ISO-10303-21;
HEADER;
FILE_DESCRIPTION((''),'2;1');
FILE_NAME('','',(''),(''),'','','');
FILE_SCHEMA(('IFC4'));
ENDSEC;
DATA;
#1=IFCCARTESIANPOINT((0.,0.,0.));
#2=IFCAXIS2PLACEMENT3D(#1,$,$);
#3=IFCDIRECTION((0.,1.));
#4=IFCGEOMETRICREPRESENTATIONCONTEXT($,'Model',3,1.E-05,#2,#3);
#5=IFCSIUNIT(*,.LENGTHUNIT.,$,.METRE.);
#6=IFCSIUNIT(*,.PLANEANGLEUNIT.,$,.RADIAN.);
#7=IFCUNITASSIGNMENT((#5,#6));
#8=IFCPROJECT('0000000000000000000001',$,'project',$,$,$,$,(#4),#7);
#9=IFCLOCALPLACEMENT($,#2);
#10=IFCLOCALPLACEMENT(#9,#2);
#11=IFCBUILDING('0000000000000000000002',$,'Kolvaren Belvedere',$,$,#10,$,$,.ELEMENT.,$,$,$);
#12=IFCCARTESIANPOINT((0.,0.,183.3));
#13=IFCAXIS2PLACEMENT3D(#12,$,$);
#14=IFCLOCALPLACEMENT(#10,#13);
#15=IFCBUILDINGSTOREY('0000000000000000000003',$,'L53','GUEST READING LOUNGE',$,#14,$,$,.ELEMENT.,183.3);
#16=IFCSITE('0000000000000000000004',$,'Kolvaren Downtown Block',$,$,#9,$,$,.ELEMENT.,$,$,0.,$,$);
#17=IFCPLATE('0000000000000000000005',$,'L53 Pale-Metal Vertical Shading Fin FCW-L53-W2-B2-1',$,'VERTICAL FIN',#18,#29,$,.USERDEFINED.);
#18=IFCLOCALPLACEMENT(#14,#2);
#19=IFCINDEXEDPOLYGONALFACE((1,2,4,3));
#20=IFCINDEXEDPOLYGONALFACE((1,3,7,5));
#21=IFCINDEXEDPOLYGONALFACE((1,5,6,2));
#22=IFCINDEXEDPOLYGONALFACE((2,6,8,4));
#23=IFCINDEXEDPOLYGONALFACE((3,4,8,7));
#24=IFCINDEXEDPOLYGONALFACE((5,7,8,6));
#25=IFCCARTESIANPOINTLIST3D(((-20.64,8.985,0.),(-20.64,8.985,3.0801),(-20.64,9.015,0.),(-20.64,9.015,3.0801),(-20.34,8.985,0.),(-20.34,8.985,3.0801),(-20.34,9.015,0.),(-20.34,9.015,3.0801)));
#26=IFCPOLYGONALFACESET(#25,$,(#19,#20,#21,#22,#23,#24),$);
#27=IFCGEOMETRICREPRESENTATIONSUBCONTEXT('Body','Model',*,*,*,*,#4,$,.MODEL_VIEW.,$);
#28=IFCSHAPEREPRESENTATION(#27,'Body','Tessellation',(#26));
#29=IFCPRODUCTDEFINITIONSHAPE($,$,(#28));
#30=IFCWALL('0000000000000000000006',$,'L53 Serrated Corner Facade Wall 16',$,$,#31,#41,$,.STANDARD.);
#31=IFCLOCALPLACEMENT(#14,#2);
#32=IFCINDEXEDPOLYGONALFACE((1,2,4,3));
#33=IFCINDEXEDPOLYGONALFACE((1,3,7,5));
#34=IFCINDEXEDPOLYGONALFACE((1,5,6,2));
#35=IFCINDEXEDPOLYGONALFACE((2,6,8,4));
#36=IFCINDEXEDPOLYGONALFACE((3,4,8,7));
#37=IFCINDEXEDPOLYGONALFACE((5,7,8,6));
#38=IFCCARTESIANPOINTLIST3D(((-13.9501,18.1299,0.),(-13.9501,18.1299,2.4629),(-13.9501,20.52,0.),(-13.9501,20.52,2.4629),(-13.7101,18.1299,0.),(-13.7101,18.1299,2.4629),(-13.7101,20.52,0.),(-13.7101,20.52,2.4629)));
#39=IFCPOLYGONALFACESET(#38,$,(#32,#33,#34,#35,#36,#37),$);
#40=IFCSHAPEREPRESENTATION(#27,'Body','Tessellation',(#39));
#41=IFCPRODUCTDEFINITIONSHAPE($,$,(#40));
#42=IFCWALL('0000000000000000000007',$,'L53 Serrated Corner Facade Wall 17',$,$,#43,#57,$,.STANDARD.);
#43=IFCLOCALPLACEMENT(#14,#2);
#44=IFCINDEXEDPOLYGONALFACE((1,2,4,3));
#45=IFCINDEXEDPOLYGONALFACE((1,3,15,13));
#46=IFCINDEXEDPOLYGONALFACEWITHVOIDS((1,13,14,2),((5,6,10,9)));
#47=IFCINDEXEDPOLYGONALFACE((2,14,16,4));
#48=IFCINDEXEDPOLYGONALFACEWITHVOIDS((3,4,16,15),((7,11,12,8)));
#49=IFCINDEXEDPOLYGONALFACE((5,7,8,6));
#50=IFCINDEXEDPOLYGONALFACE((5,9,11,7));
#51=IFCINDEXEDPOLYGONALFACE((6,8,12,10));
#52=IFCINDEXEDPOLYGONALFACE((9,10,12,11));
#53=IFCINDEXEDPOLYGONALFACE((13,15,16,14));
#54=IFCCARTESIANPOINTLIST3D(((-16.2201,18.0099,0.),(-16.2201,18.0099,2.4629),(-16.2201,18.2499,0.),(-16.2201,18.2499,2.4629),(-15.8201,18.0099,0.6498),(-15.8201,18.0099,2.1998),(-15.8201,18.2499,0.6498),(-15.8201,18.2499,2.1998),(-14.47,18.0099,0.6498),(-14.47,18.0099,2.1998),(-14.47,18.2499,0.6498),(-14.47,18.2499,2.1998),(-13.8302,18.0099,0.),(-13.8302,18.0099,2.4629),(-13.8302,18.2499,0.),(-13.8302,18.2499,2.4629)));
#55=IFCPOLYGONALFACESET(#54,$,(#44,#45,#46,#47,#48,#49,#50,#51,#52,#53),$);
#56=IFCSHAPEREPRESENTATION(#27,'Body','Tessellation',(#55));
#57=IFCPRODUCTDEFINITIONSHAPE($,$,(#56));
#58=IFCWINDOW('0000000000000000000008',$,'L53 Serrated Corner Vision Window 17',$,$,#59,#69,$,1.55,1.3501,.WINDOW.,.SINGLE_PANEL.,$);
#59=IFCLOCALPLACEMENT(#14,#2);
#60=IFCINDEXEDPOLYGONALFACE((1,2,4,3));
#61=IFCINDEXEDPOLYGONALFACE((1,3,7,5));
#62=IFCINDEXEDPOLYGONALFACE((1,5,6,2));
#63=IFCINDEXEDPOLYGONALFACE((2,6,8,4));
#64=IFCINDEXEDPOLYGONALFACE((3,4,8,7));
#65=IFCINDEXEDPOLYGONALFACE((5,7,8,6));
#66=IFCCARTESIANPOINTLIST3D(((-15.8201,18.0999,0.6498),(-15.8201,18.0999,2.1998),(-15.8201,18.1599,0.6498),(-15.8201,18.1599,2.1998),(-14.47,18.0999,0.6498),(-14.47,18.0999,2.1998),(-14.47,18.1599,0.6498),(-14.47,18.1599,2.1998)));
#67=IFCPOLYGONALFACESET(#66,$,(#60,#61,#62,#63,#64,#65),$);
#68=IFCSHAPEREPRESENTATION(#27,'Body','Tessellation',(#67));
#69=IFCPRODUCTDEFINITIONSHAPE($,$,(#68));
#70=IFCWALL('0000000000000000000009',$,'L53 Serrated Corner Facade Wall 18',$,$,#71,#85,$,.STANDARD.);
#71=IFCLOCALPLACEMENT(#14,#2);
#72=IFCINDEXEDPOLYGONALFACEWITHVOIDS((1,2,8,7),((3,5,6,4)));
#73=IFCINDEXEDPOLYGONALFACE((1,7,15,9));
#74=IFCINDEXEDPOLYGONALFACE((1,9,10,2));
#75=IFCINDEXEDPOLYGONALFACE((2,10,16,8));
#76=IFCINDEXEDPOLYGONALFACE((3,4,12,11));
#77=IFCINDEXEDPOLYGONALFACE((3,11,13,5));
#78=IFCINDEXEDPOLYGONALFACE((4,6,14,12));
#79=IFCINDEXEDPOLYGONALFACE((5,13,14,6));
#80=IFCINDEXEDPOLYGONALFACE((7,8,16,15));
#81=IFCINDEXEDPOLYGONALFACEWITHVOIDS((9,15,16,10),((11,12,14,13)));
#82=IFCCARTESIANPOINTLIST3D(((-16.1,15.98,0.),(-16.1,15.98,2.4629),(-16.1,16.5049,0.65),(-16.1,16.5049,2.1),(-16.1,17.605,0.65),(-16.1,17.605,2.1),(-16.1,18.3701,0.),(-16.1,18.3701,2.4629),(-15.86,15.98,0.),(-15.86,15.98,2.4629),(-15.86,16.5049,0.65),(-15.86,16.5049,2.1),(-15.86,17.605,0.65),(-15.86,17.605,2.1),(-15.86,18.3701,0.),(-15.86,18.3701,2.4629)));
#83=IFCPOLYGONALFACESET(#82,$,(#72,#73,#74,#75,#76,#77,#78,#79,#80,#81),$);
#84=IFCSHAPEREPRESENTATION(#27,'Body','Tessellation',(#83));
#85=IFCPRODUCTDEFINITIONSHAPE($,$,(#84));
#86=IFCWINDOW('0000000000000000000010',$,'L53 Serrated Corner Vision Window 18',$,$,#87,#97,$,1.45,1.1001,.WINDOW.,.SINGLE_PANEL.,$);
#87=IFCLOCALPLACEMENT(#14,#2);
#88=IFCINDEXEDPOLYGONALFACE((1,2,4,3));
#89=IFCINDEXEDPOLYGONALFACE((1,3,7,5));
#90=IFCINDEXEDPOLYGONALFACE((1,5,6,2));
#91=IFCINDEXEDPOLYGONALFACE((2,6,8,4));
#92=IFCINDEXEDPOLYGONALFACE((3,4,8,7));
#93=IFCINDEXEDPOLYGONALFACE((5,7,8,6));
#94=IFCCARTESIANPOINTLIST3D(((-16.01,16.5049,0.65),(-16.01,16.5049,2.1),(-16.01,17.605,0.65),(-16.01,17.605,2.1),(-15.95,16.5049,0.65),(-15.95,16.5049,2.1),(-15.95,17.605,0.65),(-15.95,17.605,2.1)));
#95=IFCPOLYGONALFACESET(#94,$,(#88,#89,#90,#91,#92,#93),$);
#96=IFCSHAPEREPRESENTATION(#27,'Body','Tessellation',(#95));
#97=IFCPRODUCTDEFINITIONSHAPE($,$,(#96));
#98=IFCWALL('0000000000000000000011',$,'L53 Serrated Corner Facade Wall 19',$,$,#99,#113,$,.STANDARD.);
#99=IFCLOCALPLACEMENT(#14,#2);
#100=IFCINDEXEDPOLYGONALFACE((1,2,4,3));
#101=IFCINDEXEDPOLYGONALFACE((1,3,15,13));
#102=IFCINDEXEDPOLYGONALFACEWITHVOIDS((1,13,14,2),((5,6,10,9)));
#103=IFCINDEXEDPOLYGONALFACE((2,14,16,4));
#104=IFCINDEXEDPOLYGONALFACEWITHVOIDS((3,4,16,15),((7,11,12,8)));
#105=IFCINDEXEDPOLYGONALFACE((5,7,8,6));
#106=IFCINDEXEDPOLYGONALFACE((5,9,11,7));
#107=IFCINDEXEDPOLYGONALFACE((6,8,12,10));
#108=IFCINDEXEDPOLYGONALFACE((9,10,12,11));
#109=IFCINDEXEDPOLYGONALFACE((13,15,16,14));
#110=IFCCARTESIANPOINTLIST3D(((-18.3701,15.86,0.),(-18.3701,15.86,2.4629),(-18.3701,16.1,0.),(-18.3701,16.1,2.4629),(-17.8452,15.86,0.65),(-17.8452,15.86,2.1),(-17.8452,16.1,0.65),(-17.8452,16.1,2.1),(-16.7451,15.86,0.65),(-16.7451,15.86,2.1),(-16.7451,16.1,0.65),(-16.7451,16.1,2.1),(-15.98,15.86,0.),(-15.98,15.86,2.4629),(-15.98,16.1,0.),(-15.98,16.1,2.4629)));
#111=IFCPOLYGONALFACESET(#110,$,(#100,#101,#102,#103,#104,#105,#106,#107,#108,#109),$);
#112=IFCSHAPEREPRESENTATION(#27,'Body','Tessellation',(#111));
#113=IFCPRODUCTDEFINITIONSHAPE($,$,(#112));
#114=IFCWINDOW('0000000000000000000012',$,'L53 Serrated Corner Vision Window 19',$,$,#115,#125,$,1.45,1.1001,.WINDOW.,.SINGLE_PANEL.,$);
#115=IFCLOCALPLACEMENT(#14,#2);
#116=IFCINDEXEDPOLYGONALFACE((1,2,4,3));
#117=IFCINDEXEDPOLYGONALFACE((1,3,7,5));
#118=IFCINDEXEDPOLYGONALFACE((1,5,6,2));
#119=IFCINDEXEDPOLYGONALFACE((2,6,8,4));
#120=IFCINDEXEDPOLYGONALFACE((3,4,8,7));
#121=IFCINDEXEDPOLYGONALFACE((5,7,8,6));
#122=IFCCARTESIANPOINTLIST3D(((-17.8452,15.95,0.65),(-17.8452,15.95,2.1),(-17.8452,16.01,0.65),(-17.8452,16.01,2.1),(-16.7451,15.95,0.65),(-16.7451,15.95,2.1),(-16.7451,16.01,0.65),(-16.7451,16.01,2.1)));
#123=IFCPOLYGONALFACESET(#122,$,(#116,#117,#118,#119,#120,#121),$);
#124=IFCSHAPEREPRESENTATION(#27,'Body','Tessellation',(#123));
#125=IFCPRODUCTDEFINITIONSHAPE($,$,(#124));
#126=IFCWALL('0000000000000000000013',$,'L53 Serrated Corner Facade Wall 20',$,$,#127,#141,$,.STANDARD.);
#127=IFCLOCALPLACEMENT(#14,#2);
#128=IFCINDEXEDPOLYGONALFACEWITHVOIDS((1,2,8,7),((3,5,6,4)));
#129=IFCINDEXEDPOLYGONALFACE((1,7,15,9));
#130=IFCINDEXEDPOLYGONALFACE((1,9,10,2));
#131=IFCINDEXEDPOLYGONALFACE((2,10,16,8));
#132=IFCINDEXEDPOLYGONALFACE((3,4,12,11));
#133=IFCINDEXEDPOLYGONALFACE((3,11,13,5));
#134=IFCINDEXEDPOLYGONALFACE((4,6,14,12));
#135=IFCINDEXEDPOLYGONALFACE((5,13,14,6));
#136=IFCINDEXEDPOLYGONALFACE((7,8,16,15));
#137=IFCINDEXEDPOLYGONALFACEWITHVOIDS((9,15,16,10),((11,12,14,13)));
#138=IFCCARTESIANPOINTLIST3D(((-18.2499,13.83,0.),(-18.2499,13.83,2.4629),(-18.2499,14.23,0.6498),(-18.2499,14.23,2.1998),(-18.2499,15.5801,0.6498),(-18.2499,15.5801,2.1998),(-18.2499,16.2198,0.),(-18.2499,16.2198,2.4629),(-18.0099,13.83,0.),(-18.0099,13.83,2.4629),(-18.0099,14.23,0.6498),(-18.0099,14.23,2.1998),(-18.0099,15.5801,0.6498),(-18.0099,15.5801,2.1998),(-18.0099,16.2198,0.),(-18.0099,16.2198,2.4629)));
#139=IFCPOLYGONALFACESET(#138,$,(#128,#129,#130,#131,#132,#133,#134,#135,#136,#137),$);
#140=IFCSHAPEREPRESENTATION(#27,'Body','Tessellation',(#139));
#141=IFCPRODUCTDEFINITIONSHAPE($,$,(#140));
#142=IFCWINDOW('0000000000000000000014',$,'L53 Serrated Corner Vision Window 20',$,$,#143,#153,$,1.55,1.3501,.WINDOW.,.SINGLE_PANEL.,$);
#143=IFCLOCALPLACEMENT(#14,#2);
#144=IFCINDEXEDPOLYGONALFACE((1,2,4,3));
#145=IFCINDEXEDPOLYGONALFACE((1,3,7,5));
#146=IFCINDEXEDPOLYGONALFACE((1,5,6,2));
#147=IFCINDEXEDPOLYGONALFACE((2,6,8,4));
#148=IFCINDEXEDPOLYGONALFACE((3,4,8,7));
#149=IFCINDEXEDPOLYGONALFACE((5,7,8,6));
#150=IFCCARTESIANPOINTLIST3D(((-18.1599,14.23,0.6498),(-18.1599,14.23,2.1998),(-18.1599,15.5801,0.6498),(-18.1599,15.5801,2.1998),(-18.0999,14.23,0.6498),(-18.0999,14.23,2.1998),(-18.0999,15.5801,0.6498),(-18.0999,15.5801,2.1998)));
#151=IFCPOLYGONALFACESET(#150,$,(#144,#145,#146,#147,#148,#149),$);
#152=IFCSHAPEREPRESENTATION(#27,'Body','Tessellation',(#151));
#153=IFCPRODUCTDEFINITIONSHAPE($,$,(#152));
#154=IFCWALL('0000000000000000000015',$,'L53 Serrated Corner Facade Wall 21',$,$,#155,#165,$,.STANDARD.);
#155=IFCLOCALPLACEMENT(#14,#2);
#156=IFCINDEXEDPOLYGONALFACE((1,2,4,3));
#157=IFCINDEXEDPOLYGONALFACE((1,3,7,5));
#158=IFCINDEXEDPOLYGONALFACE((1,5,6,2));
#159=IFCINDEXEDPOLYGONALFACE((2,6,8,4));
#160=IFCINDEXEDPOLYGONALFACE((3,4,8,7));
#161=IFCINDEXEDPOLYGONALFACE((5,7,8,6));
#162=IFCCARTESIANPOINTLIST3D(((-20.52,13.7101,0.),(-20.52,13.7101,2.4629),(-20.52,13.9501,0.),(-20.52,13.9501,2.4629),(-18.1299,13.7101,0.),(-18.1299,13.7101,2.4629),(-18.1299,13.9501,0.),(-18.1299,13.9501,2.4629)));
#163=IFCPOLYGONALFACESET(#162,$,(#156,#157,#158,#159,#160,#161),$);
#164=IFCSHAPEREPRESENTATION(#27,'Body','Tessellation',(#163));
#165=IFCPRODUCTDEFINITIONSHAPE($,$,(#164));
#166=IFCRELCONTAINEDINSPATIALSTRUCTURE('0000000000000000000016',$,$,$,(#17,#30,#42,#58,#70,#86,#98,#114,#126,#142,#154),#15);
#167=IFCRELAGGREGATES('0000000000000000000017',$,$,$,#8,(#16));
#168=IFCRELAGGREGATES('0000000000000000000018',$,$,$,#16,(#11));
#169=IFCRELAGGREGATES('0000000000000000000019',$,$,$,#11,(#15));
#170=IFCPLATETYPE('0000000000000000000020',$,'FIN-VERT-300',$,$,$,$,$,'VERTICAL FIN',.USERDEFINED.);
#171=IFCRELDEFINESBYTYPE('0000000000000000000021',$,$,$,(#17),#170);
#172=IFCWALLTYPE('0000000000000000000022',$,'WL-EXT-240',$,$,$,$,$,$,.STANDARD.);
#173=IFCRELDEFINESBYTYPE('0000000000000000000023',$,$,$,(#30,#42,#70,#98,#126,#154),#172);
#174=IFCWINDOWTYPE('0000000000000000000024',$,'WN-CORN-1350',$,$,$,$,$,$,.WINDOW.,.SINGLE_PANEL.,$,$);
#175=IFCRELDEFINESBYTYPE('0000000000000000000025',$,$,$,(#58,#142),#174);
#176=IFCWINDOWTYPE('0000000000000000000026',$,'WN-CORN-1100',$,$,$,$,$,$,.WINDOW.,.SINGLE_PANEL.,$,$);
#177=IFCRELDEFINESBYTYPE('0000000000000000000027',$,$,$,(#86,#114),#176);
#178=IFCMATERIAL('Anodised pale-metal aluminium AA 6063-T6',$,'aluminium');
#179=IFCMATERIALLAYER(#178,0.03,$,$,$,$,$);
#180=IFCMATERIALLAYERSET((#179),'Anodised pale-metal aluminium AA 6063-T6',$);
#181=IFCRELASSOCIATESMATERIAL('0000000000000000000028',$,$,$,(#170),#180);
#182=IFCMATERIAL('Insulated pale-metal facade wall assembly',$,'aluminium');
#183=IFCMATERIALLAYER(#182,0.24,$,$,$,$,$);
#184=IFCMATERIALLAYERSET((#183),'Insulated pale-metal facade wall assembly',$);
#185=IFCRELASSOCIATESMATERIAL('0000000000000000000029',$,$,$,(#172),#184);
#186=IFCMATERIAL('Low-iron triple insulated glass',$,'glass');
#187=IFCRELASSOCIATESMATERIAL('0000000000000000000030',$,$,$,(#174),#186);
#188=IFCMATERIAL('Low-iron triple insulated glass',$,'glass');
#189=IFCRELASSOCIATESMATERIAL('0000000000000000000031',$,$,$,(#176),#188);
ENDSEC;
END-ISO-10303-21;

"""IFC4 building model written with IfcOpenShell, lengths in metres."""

from ifc_helpers import new_model, si_unit, direction, frame, frame_2d, origin, origin_2d, place, context, subcontext, project, spatial, rectangle, extrude, material, layer, layer_set, type_object, element, fill, save


model = new_model("IFC4")

# Units and contexts
model_context = context("Model", 3, precision=1e-05, world=origin(), true_north=direction((0.0, 1.0)))
body_context = subcontext(model_context, "Body", "Model", "MODEL_VIEW")
ifc_project = project(units=[si_unit("LENGTHUNIT", "METRE"), si_unit("PLANEANGLEUNIT", "RADIAN")], contexts=[model_context])

# Site, building, storey
site_placement = place(None, origin())
site = spatial("IfcSite", under=ifc_project, at=site_placement, Name="Kolvaren Downtown Block", CompositionType="ELEMENT", RefElevation=0.0)
building_placement = place(site_placement, origin())
building = spatial("IfcBuilding", under=site, at=building_placement, Name="Kolvaren Belvedere", CompositionType="ELEMENT")
storey_placement = place(building_placement, frame((0.0, 0.0, 183.3)))
storey = spatial("IfcBuildingStorey", under=building, at=storey_placement, Name="L53", Description="GUEST READING LOUNGE", CompositionType="ELEMENT", Elevation=183.3)

# Plate
ifc_material_1 = material(Name="Anodised pale-metal aluminium AA 6063-T6", Category="aluminium")
ifc_layer_1 = layer(ifc_material_1, 0.03)
ifc_layer_set_1 = layer_set([ifc_layer_1], Name="Anodised pale-metal aluminium AA 6063-T6")
plate_type_1 = type_object("IfcPlateType", Name="FIN-VERT-300", ElementType="VERTICAL FIN", PredefinedType="USERDEFINED", material=ifc_layer_set_1)
plate_1_placement = place(storey_placement, frame((-20.49, 9.0, 0.0), z_axis=(0.0, 0.0, 1.0), x_axis=(1.0, 0.0, 0.0)))
element("IfcPlate", 1, at=plate_1_placement, inside=storey, type_object=plate_type_1, Name="L53 Pale-Metal Vertical Shading Fin FCW-L53-W2-B2-1", ObjectType="VERTICAL FIN", PredefinedType="USERDEFINED", context=body_context, shape_type="SweptSolid", body=[
    extrude(rectangle(XDim=0.3, YDim=0.03, at=origin_2d()), origin(), (0.0, 0.0, 1.0), 3.0801),
])

# Wall
ifc_material_2 = material(Name="Insulated pale-metal facade wall assembly", Category="aluminium")
ifc_layer_2 = layer(ifc_material_2, 0.24)
ifc_layer_set_2 = layer_set([ifc_layer_2], Name="Insulated pale-metal facade wall assembly")
wall_type_1 = type_object("IfcWallType", Name="WL-EXT-240", PredefinedType="STANDARD", material=ifc_layer_set_2)
wall_1_placement = place(storey_placement, frame((-13.8301, 18.1299, 0.0), z_axis=(0.0, 0.0, 1.0), x_axis=(0.0, 1.0, 0.0)))
element("IfcWall", 2, at=wall_1_placement, inside=storey, type_object=wall_type_1, Name="L53 Serrated Corner Facade Wall 16", PredefinedType="STANDARD", context=body_context, shape_type="SweptSolid", body=[
    extrude(rectangle(XDim=2.3901, YDim=0.24, at=frame_2d((1.1951, 0.0))), origin(), (0.0, 0.0, 1.0), 2.4629),
])

# Walls, openings, windows
wall_2_placement = place(storey_placement, frame((-16.22, 18.1299, 0.0), z_axis=(0.0, 0.0, 1.0), x_axis=(1.0, 0.0, 0.0)))
wall_2 = element("IfcWall", 3, at=wall_2_placement, inside=storey, type_object=wall_type_1, Name="L53 Serrated Corner Facade Wall 17", PredefinedType="STANDARD", context=body_context, shape_type="SweptSolid", body=[
    extrude(rectangle(XDim=2.3899, YDim=0.24, at=frame_2d((1.1948, 0.0))), origin(), (0.0, 0.0, 1.0), 2.4629),
])
opening_1_placement = place(wall_2_placement, frame((0.3999, 0.0, 0.6499)))
opening_1 = element("IfcOpeningElement", 4, at=opening_1_placement, cuts=wall_2, PredefinedType="OPENING", context=body_context, shape_type="SweptSolid", body=[
    extrude(rectangle(XDim=1.3501, YDim=1.55, at=frame_2d((0.675, 0.7749))), frame((0.0, 0.1299, 0.0), z_axis=(0.0, -1.0, 0.0), x_axis=(1.0, 0.0, 0.0)), (0.0, 0.0, 1.0), 0.26),
])
ifc_material_3 = material(Name="Low-iron triple insulated glass", Category="glass")
window_type_1 = type_object("IfcWindowType", Name="WN-CORN-1350", PartitioningType="SINGLE_PANEL", PredefinedType="WINDOW", material=ifc_material_3)
window_1_placement = place(opening_1_placement, origin())
window_1 = element("IfcWindow", 5, at=window_1_placement, inside=storey, type_object=window_type_1, Name="L53 Serrated Corner Vision Window 17", OverallHeight=1.55, OverallWidth=1.3501, PartitioningType="SINGLE_PANEL", PredefinedType="WINDOW", context=body_context, shape_type="SweptSolid", body=[
    extrude(rectangle(XDim=1.3501, YDim=1.55, at=frame_2d((0.675, 0.7749))), frame((0.0, 0.03, 0.0), z_axis=(0.0, -1.0, 0.0), x_axis=(1.0, 0.0, 0.0)), (0.0, 0.0, 1.0), 0.0601),
])
fill(opening_1, window_1)
wall_3_placement = place(storey_placement, frame((-15.98, 15.98, 0.0), z_axis=(0.0, 0.0, 1.0), x_axis=(0.0, 1.0, 0.0)))
wall_3 = element("IfcWall", 6, at=wall_3_placement, inside=storey, type_object=wall_type_1, Name="L53 Serrated Corner Facade Wall 18", PredefinedType="STANDARD", context=body_context, shape_type="SweptSolid", body=[
    extrude(rectangle(XDim=2.3901, YDim=0.24, at=frame_2d((1.1951, 0.0))), origin(), (0.0, 0.0, 1.0), 2.4629),
])
opening_2_placement = place(wall_3_placement, frame((0.5249, 0.0, 0.6499)))
opening_2 = element("IfcOpeningElement", 7, at=opening_2_placement, cuts=wall_3, PredefinedType="OPENING", context=body_context, shape_type="SweptSolid", body=[
    extrude(rectangle(XDim=1.1001, YDim=1.45, at=frame_2d((0.55, 0.7251))), frame((0.0, 0.1299, 0.0), z_axis=(0.0, -1.0, 0.0), x_axis=(1.0, 0.0, 0.0)), (0.0, 0.0, 1.0), 0.26),
])
ifc_material_4 = material(Name="Low-iron triple insulated glass", Category="glass")
window_type_2 = type_object("IfcWindowType", Name="WN-CORN-1100", PartitioningType="SINGLE_PANEL", PredefinedType="WINDOW", material=ifc_material_4)
window_2_placement = place(opening_2_placement, origin())
window_2 = element("IfcWindow", 8, at=window_2_placement, inside=storey, type_object=window_type_2, Name="L53 Serrated Corner Vision Window 18", OverallHeight=1.45, OverallWidth=1.1001, PartitioningType="SINGLE_PANEL", PredefinedType="WINDOW", context=body_context, shape_type="SweptSolid", body=[
    extrude(rectangle(XDim=1.1001, YDim=1.45, at=frame_2d((0.55, 0.7251))), frame((0.0, 0.03, 0.0), z_axis=(0.0, -1.0, 0.0), x_axis=(1.0, 0.0, 0.0)), (0.0, 0.0, 1.0), 0.0601),
])
fill(opening_2, window_2)
wall_4_placement = place(storey_placement, frame((-18.3701, 15.98, 0.0), z_axis=(0.0, 0.0, 1.0), x_axis=(1.0, 0.0, 0.0)))
wall_4 = element("IfcWall", 9, at=wall_4_placement, inside=storey, type_object=wall_type_1, Name="L53 Serrated Corner Facade Wall 19", PredefinedType="STANDARD", context=body_context, shape_type="SweptSolid", body=[
    extrude(rectangle(XDim=2.3901, YDim=0.24, at=frame_2d((1.1951, 0.0))), origin(), (0.0, 0.0, 1.0), 2.4629),
])
opening_3_placement = place(wall_4_placement, frame((0.5249, 0.0, 0.6499)))
opening_3 = element("IfcOpeningElement", 10, at=opening_3_placement, cuts=wall_4, PredefinedType="OPENING", context=body_context, shape_type="SweptSolid", body=[
    extrude(rectangle(XDim=1.1001, YDim=1.45, at=frame_2d((0.55, 0.7251))), frame((0.0, 0.1299, 0.0), z_axis=(0.0, -1.0, 0.0), x_axis=(1.0, 0.0, 0.0)), (0.0, 0.0, 1.0), 0.26),
])
window_3_placement = place(opening_3_placement, origin())
window_3 = element("IfcWindow", 11, at=window_3_placement, inside=storey, type_object=window_type_2, Name="L53 Serrated Corner Vision Window 19", OverallHeight=1.45, OverallWidth=1.1001, PartitioningType="SINGLE_PANEL", PredefinedType="WINDOW", context=body_context, shape_type="SweptSolid", body=[
    extrude(rectangle(XDim=1.1001, YDim=1.45, at=frame_2d((0.55, 0.7251))), frame((0.0, 0.03, 0.0), z_axis=(0.0, -1.0, 0.0), x_axis=(1.0, 0.0, 0.0)), (0.0, 0.0, 1.0), 0.0601),
])
fill(opening_3, window_3)
wall_5_placement = place(storey_placement, frame((-18.1299, 13.8301, 0.0), z_axis=(0.0, 0.0, 1.0), x_axis=(0.0, 1.0, 0.0)))
wall_5 = element("IfcWall", 12, at=wall_5_placement, inside=storey, type_object=wall_type_1, Name="L53 Serrated Corner Facade Wall 20", PredefinedType="STANDARD", context=body_context, shape_type="SweptSolid", body=[
    extrude(rectangle(XDim=2.3899, YDim=0.24, at=frame_2d((1.1948, 0.0))), origin(), (0.0, 0.0, 1.0), 2.4629),
])
opening_4_placement = place(wall_5_placement, frame((0.3999, 0.0, 0.6499)))
opening_4 = element("IfcOpeningElement", 13, at=opening_4_placement, cuts=wall_5, PredefinedType="OPENING", context=body_context, shape_type="SweptSolid", body=[
    extrude(rectangle(XDim=1.3501, YDim=1.55, at=frame_2d((0.675, 0.7749))), frame((0.0, 0.1299, 0.0), z_axis=(0.0, -1.0, 0.0), x_axis=(1.0, 0.0, 0.0)), (0.0, 0.0, 1.0), 0.26),
])
window_4_placement = place(opening_4_placement, origin())
window_4 = element("IfcWindow", 14, at=window_4_placement, inside=storey, type_object=window_type_1, Name="L53 Serrated Corner Vision Window 20", OverallHeight=1.55, OverallWidth=1.3501, PartitioningType="SINGLE_PANEL", PredefinedType="WINDOW", context=body_context, shape_type="SweptSolid", body=[
    extrude(rectangle(XDim=1.3501, YDim=1.55, at=frame_2d((0.675, 0.7749))), frame((0.0, 0.03, 0.0), z_axis=(0.0, -1.0, 0.0), x_axis=(1.0, 0.0, 0.0)), (0.0, 0.0, 1.0), 0.0601),
])
fill(opening_4, window_4)

# Wall
wall_6_placement = place(storey_placement, frame((-20.52, 13.8301, 0.0), z_axis=(0.0, 0.0, 1.0), x_axis=(1.0, 0.0, 0.0)))
element("IfcWall", 15, at=wall_6_placement, inside=storey, type_object=wall_type_1, Name="L53 Serrated Corner Facade Wall 21", PredefinedType="STANDARD", context=body_context, shape_type="SweptSolid", body=[
    extrude(rectangle(XDim=2.3901, YDim=0.24, at=frame_2d((1.1951, 0.0))), origin(), (0.0, 0.0, 1.0), 2.4629),
])

save(model, "model.ifc")
